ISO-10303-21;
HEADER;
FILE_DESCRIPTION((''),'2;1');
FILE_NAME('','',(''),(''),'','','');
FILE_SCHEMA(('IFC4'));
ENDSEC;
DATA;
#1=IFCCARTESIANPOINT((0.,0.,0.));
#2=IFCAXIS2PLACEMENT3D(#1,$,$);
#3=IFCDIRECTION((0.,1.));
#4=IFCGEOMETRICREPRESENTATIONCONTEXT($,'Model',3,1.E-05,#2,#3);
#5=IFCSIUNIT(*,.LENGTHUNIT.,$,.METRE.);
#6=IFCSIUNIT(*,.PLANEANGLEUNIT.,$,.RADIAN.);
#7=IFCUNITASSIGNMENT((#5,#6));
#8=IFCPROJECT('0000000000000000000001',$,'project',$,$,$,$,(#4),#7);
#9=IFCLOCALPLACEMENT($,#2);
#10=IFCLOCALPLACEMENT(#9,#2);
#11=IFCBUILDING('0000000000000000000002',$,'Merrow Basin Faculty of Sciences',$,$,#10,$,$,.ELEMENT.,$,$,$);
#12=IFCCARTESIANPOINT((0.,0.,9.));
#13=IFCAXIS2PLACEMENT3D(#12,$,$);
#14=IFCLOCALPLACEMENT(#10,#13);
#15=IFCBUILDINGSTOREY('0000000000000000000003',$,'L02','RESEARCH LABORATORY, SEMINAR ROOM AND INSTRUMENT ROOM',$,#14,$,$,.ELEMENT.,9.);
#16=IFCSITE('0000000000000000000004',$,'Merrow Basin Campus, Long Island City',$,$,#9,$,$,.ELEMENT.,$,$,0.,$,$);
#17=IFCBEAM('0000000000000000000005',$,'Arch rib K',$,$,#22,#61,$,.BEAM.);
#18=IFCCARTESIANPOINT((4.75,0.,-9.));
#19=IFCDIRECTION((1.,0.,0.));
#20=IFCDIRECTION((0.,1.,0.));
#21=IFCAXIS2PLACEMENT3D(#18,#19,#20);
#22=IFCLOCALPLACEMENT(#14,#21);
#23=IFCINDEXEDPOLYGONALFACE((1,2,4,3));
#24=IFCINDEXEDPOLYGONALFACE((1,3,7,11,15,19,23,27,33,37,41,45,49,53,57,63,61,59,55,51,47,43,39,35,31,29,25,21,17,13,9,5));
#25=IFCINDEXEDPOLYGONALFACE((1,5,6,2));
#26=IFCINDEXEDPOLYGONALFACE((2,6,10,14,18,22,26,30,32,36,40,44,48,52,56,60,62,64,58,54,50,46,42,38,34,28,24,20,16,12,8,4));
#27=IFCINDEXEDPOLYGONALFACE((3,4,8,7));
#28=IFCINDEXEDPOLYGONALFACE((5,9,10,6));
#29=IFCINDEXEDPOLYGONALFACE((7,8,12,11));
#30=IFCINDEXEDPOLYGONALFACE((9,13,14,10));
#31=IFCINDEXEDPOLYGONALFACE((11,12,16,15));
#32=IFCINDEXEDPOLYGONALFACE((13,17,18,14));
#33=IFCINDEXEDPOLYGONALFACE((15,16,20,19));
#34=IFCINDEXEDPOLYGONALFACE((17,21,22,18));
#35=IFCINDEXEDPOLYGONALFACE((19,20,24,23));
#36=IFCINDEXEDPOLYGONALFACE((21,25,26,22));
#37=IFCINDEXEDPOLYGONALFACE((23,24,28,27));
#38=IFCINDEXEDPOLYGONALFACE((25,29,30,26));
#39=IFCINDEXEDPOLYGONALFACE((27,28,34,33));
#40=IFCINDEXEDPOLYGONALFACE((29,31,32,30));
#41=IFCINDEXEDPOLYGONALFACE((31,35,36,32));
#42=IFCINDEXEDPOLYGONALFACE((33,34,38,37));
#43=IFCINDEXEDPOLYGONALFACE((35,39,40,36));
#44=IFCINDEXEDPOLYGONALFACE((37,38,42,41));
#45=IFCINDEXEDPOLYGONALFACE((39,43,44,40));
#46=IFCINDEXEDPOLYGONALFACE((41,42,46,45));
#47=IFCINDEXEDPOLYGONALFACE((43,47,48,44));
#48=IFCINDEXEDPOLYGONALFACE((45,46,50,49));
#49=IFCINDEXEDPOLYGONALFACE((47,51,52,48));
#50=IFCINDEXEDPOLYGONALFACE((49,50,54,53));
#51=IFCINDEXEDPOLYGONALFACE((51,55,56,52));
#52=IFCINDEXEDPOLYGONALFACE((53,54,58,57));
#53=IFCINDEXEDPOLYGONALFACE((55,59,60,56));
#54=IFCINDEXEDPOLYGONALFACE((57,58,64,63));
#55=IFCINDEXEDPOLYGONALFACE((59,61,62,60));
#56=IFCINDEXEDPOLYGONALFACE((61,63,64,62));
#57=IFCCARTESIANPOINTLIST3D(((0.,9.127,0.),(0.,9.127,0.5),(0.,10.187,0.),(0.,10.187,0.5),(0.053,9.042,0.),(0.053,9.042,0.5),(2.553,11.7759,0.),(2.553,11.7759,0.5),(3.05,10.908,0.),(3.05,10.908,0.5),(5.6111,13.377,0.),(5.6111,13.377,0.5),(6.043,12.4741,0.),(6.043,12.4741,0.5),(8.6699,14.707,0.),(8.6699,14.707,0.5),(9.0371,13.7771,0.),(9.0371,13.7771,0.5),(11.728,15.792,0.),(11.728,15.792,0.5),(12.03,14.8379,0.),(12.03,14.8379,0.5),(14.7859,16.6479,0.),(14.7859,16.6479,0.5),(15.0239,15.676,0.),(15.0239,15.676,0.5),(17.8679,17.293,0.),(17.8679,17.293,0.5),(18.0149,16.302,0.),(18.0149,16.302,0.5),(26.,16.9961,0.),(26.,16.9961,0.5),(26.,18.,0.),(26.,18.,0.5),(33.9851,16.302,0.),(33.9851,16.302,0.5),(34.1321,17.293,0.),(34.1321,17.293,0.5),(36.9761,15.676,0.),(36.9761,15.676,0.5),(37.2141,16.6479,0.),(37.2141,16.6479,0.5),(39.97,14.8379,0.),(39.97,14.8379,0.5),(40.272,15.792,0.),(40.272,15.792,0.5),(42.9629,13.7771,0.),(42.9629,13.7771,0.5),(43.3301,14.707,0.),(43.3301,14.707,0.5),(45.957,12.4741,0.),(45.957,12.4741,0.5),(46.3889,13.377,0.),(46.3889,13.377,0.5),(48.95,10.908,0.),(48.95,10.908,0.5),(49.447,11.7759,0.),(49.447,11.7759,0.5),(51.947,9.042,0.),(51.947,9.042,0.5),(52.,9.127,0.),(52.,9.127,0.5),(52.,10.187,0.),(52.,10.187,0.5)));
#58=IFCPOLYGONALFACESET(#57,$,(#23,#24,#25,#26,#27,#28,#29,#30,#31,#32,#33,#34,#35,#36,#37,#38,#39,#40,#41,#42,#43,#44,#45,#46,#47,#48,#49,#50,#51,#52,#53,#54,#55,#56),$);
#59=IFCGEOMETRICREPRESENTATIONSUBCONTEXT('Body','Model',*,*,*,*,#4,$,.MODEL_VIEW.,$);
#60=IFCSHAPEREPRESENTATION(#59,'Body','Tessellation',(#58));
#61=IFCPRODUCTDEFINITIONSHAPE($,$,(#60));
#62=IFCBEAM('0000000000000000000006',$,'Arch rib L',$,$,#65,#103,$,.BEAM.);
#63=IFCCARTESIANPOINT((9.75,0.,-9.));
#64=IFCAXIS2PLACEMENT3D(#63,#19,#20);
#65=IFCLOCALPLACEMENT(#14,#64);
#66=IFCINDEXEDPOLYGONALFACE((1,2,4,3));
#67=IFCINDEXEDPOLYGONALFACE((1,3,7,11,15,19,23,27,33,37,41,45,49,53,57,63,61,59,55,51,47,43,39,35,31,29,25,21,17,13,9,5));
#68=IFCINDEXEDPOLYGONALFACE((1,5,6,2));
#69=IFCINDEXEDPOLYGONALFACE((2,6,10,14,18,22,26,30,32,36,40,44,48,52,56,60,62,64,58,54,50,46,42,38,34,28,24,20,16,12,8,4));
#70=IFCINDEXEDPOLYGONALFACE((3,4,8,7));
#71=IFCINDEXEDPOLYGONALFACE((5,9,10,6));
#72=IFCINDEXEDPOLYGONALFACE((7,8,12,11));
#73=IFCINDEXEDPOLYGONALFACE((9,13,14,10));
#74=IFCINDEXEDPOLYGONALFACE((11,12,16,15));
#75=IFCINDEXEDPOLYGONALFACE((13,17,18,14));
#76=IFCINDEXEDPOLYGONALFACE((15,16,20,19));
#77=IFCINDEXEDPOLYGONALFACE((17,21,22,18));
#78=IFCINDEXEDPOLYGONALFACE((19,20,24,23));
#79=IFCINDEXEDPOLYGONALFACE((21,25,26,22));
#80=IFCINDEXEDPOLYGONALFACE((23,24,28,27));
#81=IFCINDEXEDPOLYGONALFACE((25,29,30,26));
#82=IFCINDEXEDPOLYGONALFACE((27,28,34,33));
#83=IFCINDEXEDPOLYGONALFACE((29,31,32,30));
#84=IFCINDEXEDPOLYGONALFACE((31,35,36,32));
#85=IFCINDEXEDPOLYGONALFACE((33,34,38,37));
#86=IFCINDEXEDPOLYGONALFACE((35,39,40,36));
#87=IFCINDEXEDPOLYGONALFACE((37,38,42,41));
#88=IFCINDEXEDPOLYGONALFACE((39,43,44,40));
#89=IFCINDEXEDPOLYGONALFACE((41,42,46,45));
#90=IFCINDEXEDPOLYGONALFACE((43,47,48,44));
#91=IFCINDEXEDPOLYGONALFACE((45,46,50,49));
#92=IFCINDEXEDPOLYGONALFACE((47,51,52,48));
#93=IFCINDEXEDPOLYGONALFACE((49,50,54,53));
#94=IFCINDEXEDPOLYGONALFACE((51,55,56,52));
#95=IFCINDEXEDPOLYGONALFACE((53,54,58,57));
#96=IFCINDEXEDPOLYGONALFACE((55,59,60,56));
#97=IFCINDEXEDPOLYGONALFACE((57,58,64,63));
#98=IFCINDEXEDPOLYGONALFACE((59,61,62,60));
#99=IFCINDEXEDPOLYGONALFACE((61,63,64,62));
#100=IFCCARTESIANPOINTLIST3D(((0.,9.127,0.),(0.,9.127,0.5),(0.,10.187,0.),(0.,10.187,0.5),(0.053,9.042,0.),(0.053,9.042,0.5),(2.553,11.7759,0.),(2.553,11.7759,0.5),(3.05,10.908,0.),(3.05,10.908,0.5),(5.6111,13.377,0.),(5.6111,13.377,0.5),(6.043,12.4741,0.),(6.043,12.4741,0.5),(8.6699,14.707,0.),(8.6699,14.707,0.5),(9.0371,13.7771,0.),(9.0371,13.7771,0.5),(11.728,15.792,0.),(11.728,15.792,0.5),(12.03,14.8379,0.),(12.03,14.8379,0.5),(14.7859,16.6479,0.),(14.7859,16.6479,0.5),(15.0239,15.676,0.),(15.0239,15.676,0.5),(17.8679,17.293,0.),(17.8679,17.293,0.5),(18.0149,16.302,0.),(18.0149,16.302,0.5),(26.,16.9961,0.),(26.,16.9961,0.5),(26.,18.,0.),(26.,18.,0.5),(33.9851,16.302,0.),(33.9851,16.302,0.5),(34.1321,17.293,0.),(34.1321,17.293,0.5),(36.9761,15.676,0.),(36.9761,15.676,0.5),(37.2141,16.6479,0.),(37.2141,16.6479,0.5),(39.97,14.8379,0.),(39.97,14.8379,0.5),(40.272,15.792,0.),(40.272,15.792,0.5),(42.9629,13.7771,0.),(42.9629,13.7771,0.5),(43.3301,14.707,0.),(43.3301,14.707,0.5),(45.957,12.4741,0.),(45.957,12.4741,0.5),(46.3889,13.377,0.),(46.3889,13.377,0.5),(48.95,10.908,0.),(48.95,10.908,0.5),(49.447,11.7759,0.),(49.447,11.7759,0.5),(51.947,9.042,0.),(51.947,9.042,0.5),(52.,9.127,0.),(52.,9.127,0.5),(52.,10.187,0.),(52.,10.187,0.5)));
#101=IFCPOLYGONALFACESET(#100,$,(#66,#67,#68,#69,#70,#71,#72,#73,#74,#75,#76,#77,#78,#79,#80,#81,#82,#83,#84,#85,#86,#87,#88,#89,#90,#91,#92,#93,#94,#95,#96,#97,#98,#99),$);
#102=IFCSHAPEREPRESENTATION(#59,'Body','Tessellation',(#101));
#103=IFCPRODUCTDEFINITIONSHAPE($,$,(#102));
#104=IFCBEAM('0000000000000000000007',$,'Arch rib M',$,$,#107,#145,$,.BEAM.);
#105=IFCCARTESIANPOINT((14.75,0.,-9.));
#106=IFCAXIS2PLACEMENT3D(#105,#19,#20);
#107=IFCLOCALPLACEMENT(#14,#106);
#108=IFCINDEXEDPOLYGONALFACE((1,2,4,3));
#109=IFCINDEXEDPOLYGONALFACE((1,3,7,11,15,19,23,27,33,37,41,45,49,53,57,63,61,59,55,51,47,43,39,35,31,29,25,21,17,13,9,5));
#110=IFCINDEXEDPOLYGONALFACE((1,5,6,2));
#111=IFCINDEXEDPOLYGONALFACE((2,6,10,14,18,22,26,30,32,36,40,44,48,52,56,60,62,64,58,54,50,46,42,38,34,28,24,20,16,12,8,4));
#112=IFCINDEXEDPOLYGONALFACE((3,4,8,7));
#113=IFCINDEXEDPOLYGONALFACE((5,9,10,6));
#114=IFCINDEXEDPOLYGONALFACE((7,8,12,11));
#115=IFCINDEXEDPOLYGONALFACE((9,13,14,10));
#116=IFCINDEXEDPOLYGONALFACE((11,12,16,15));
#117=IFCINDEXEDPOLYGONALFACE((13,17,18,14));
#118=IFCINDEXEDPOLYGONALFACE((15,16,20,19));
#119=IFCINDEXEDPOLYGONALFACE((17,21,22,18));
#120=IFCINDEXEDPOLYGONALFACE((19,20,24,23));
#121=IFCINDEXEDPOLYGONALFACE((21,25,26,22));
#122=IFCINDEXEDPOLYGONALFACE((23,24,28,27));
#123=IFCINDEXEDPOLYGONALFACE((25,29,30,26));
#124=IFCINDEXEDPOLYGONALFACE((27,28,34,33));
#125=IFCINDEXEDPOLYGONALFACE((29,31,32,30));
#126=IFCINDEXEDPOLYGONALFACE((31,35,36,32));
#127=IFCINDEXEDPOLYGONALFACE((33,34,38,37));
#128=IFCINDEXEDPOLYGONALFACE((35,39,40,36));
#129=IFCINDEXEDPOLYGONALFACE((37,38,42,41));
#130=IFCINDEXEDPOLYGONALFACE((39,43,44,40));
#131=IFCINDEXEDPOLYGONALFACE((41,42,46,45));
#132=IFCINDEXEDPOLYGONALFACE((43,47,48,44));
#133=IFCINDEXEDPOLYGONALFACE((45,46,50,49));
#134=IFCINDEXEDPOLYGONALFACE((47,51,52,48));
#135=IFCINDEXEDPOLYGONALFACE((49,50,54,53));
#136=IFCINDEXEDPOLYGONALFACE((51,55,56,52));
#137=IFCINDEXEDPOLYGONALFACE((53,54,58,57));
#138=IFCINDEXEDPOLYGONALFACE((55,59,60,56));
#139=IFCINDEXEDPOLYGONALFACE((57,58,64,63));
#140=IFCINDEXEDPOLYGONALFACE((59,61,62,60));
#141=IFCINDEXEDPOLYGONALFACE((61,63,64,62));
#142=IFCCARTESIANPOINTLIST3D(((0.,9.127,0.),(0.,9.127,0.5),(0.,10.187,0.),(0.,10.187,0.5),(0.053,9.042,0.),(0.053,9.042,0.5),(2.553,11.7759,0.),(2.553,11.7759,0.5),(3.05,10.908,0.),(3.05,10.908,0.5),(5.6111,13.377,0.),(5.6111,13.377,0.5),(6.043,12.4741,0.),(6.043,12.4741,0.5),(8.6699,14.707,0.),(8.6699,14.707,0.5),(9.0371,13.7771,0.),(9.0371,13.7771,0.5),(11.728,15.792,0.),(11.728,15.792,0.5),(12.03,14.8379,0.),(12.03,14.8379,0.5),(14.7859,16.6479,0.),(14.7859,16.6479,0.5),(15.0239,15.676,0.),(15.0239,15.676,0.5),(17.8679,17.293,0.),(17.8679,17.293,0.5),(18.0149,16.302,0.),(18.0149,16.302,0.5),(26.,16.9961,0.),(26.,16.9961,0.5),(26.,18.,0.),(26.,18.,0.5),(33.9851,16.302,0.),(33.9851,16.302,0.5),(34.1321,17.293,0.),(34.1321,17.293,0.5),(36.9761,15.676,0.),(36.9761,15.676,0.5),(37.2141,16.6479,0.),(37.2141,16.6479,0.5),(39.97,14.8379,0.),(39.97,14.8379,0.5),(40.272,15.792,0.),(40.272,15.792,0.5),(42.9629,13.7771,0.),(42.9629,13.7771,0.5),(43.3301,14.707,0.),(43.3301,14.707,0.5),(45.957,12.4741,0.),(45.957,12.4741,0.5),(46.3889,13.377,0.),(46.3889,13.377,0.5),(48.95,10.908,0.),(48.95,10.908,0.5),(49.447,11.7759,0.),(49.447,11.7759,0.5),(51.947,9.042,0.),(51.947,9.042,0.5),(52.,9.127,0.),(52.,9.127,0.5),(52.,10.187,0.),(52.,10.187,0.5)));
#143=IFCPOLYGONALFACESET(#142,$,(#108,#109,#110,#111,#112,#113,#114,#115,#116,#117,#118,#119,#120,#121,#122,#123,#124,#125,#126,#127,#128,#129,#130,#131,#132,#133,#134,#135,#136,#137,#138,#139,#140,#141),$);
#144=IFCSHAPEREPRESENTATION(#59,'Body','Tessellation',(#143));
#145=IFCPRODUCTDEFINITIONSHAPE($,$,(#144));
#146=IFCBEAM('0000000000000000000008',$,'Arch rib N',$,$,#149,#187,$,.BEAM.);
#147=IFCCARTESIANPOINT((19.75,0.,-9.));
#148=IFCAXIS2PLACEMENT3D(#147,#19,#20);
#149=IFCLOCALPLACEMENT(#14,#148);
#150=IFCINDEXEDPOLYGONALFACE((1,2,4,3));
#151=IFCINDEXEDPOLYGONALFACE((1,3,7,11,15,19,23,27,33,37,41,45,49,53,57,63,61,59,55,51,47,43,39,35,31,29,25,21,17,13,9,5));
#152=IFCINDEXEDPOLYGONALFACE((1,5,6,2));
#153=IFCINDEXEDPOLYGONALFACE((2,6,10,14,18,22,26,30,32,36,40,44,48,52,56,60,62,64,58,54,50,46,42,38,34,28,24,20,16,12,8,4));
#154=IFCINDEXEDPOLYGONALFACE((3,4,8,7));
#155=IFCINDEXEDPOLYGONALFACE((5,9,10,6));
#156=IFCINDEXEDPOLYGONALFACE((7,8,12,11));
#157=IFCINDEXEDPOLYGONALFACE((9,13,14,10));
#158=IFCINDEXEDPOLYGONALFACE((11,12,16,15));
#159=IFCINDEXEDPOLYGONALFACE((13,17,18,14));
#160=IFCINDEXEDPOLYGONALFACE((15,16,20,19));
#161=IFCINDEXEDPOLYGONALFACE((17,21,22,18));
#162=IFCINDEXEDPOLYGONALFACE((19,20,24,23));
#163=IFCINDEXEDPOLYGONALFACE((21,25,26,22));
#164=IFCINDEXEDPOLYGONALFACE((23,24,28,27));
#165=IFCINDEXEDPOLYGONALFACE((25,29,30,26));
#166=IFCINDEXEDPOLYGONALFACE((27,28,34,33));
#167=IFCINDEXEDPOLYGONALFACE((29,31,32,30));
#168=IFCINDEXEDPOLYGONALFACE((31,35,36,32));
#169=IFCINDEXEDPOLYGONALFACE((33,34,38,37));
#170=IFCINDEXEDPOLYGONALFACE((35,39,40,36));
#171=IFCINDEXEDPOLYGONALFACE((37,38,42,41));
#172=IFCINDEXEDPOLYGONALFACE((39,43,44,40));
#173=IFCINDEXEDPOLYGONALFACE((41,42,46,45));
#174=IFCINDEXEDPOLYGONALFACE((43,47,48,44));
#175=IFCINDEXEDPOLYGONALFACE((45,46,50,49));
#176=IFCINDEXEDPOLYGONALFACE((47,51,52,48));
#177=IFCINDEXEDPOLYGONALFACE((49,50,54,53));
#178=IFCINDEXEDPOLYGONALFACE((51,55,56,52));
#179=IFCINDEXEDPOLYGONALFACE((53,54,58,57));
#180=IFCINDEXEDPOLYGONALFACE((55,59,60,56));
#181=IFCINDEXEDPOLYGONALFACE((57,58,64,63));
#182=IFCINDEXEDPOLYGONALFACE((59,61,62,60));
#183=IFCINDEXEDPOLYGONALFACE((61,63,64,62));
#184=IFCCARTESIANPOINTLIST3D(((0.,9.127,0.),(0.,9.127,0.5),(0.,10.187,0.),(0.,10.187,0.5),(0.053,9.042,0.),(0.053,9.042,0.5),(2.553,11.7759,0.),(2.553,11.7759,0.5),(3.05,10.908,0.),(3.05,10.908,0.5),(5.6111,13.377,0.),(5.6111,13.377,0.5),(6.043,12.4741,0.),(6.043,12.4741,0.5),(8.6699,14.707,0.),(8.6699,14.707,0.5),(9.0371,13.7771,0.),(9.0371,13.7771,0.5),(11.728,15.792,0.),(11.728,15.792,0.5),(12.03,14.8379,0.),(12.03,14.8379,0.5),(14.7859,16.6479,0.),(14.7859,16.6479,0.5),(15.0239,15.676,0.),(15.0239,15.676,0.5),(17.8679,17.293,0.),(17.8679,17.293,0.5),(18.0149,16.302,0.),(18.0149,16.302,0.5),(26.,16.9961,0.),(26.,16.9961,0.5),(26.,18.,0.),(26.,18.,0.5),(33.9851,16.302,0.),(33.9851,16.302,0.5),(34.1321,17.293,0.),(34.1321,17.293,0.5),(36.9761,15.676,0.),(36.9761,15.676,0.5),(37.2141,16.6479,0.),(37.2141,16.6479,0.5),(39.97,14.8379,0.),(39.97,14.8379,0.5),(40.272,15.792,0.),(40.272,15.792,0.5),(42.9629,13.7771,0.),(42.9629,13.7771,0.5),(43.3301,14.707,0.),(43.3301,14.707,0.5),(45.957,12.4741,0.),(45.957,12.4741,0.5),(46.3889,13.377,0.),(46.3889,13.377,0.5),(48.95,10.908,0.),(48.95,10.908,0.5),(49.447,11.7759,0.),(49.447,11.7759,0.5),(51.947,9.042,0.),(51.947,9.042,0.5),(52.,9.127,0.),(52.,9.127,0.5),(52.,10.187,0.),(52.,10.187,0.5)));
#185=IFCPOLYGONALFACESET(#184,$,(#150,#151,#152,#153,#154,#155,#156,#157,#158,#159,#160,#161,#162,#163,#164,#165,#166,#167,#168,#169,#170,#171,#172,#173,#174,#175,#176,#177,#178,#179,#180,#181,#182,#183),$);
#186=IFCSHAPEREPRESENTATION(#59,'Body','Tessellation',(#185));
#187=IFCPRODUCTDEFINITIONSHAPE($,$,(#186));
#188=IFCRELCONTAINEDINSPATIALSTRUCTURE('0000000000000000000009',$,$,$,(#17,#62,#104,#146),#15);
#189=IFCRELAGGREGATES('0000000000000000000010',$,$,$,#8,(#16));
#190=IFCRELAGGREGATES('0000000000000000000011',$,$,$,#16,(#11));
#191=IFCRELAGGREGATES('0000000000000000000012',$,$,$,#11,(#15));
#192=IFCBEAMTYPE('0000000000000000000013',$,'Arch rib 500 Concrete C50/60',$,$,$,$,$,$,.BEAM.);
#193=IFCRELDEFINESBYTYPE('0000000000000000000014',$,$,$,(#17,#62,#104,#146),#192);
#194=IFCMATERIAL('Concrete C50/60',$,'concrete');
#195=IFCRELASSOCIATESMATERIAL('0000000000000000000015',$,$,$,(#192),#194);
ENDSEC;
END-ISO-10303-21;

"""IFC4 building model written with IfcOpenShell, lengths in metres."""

from ifc_helpers import new_model, si_unit, direction, frame, origin, place, context, subcontext, project, spatial, polyline, outline, extrude, material, type_object, element, save


model = new_model("IFC4")

# Units and contexts
model_context = context("Model", 3, precision=1e-05, world=origin(), true_north=direction((0.0, 1.0)))
body_context = subcontext(model_context, "Body", "Model", "MODEL_VIEW")
ifc_project = project(units=[si_unit("LENGTHUNIT", "METRE"), si_unit("PLANEANGLEUNIT", "RADIAN")], contexts=[model_context])

# Site, building, storey
site_placement = place(None, origin())
site = spatial("IfcSite", under=ifc_project, at=site_placement, Name="Merrow Basin Campus, Long Island City", CompositionType="ELEMENT", RefElevation=0.0)
building_placement = place(site_placement, origin())
building = spatial("IfcBuilding", under=site, at=building_placement, Name="Merrow Basin Faculty of Sciences", CompositionType="ELEMENT")
storey_placement = place(building_placement, frame((0.0, 0.0, 9.0)))
storey = spatial("IfcBuildingStorey", under=building, at=storey_placement, Name="L02", Description="RESEARCH LABORATORY, SEMINAR ROOM AND INSTRUMENT ROOM", CompositionType="ELEMENT", Elevation=9.0)

# Beams
ifc_material_1 = material(Name="Concrete C50/60", Category="concrete")
beam_type = type_object("IfcBeamType", Name="Arch rib 500 Concrete C50/60", PredefinedType="BEAM", material=ifc_material_1)
for number, where, z_axis, x_axis, name in (
    (1, (4.75, 0.0, -9.0), (1.0, 0.0, 0.0), (0.0, 1.0, 0.0), "Arch rib K"),
    (2, (9.75, 0.0, -9.0), (1.0, 0.0, 0.0), (0.0, 1.0, 0.0), "Arch rib L"),
    (3, (14.75, 0.0, -9.0), (1.0, 0.0, 0.0), (0.0, 1.0, 0.0), "Arch rib M"),
    (4, (19.75, 0.0, -9.0), (1.0, 0.0, 0.0), (0.0, 1.0, 0.0), "Arch rib N"),
):
    element("IfcBeam", number, at=place(storey_placement, frame(where, z_axis=z_axis, x_axis=x_axis)), inside=storey, type_object=beam_type, Name=name, PredefinedType="BEAM", context=body_context, shape_type="SweptSolid", body=[
        extrude(outline(polyline([(2.553, 11.7759), (5.6111, 13.377), (8.6699, 14.707), (11.728, 15.792), (14.7859, 16.6479), (17.8679, 17.293), (26.0, 18.0), (34.1321, 17.293), (37.2141, 16.6479), (40.272, 15.792), (43.3301, 14.707), (46.3889, 13.377), (49.447, 11.7759), (52.0, 10.187), (52.0, 9.127), (51.947, 9.042), (48.95, 10.908), (45.957, 12.4741), (42.9629, 13.7771), (39.97, 14.8379), (36.9761, 15.676), (33.9851, 16.302), (26.0, 16.9961), (18.0149, 16.302), (15.0239, 15.676), (12.03, 14.8379), (9.0371, 13.7771), (6.043, 12.4741), (3.05, 10.908), (0.053, 9.042), (0.0, 9.127), (0.0, 10.187), (2.553, 11.7759)])), origin(), (0.0, 0.0, 1.0), 0.5),
    ])

save(model, "model.ifc")
